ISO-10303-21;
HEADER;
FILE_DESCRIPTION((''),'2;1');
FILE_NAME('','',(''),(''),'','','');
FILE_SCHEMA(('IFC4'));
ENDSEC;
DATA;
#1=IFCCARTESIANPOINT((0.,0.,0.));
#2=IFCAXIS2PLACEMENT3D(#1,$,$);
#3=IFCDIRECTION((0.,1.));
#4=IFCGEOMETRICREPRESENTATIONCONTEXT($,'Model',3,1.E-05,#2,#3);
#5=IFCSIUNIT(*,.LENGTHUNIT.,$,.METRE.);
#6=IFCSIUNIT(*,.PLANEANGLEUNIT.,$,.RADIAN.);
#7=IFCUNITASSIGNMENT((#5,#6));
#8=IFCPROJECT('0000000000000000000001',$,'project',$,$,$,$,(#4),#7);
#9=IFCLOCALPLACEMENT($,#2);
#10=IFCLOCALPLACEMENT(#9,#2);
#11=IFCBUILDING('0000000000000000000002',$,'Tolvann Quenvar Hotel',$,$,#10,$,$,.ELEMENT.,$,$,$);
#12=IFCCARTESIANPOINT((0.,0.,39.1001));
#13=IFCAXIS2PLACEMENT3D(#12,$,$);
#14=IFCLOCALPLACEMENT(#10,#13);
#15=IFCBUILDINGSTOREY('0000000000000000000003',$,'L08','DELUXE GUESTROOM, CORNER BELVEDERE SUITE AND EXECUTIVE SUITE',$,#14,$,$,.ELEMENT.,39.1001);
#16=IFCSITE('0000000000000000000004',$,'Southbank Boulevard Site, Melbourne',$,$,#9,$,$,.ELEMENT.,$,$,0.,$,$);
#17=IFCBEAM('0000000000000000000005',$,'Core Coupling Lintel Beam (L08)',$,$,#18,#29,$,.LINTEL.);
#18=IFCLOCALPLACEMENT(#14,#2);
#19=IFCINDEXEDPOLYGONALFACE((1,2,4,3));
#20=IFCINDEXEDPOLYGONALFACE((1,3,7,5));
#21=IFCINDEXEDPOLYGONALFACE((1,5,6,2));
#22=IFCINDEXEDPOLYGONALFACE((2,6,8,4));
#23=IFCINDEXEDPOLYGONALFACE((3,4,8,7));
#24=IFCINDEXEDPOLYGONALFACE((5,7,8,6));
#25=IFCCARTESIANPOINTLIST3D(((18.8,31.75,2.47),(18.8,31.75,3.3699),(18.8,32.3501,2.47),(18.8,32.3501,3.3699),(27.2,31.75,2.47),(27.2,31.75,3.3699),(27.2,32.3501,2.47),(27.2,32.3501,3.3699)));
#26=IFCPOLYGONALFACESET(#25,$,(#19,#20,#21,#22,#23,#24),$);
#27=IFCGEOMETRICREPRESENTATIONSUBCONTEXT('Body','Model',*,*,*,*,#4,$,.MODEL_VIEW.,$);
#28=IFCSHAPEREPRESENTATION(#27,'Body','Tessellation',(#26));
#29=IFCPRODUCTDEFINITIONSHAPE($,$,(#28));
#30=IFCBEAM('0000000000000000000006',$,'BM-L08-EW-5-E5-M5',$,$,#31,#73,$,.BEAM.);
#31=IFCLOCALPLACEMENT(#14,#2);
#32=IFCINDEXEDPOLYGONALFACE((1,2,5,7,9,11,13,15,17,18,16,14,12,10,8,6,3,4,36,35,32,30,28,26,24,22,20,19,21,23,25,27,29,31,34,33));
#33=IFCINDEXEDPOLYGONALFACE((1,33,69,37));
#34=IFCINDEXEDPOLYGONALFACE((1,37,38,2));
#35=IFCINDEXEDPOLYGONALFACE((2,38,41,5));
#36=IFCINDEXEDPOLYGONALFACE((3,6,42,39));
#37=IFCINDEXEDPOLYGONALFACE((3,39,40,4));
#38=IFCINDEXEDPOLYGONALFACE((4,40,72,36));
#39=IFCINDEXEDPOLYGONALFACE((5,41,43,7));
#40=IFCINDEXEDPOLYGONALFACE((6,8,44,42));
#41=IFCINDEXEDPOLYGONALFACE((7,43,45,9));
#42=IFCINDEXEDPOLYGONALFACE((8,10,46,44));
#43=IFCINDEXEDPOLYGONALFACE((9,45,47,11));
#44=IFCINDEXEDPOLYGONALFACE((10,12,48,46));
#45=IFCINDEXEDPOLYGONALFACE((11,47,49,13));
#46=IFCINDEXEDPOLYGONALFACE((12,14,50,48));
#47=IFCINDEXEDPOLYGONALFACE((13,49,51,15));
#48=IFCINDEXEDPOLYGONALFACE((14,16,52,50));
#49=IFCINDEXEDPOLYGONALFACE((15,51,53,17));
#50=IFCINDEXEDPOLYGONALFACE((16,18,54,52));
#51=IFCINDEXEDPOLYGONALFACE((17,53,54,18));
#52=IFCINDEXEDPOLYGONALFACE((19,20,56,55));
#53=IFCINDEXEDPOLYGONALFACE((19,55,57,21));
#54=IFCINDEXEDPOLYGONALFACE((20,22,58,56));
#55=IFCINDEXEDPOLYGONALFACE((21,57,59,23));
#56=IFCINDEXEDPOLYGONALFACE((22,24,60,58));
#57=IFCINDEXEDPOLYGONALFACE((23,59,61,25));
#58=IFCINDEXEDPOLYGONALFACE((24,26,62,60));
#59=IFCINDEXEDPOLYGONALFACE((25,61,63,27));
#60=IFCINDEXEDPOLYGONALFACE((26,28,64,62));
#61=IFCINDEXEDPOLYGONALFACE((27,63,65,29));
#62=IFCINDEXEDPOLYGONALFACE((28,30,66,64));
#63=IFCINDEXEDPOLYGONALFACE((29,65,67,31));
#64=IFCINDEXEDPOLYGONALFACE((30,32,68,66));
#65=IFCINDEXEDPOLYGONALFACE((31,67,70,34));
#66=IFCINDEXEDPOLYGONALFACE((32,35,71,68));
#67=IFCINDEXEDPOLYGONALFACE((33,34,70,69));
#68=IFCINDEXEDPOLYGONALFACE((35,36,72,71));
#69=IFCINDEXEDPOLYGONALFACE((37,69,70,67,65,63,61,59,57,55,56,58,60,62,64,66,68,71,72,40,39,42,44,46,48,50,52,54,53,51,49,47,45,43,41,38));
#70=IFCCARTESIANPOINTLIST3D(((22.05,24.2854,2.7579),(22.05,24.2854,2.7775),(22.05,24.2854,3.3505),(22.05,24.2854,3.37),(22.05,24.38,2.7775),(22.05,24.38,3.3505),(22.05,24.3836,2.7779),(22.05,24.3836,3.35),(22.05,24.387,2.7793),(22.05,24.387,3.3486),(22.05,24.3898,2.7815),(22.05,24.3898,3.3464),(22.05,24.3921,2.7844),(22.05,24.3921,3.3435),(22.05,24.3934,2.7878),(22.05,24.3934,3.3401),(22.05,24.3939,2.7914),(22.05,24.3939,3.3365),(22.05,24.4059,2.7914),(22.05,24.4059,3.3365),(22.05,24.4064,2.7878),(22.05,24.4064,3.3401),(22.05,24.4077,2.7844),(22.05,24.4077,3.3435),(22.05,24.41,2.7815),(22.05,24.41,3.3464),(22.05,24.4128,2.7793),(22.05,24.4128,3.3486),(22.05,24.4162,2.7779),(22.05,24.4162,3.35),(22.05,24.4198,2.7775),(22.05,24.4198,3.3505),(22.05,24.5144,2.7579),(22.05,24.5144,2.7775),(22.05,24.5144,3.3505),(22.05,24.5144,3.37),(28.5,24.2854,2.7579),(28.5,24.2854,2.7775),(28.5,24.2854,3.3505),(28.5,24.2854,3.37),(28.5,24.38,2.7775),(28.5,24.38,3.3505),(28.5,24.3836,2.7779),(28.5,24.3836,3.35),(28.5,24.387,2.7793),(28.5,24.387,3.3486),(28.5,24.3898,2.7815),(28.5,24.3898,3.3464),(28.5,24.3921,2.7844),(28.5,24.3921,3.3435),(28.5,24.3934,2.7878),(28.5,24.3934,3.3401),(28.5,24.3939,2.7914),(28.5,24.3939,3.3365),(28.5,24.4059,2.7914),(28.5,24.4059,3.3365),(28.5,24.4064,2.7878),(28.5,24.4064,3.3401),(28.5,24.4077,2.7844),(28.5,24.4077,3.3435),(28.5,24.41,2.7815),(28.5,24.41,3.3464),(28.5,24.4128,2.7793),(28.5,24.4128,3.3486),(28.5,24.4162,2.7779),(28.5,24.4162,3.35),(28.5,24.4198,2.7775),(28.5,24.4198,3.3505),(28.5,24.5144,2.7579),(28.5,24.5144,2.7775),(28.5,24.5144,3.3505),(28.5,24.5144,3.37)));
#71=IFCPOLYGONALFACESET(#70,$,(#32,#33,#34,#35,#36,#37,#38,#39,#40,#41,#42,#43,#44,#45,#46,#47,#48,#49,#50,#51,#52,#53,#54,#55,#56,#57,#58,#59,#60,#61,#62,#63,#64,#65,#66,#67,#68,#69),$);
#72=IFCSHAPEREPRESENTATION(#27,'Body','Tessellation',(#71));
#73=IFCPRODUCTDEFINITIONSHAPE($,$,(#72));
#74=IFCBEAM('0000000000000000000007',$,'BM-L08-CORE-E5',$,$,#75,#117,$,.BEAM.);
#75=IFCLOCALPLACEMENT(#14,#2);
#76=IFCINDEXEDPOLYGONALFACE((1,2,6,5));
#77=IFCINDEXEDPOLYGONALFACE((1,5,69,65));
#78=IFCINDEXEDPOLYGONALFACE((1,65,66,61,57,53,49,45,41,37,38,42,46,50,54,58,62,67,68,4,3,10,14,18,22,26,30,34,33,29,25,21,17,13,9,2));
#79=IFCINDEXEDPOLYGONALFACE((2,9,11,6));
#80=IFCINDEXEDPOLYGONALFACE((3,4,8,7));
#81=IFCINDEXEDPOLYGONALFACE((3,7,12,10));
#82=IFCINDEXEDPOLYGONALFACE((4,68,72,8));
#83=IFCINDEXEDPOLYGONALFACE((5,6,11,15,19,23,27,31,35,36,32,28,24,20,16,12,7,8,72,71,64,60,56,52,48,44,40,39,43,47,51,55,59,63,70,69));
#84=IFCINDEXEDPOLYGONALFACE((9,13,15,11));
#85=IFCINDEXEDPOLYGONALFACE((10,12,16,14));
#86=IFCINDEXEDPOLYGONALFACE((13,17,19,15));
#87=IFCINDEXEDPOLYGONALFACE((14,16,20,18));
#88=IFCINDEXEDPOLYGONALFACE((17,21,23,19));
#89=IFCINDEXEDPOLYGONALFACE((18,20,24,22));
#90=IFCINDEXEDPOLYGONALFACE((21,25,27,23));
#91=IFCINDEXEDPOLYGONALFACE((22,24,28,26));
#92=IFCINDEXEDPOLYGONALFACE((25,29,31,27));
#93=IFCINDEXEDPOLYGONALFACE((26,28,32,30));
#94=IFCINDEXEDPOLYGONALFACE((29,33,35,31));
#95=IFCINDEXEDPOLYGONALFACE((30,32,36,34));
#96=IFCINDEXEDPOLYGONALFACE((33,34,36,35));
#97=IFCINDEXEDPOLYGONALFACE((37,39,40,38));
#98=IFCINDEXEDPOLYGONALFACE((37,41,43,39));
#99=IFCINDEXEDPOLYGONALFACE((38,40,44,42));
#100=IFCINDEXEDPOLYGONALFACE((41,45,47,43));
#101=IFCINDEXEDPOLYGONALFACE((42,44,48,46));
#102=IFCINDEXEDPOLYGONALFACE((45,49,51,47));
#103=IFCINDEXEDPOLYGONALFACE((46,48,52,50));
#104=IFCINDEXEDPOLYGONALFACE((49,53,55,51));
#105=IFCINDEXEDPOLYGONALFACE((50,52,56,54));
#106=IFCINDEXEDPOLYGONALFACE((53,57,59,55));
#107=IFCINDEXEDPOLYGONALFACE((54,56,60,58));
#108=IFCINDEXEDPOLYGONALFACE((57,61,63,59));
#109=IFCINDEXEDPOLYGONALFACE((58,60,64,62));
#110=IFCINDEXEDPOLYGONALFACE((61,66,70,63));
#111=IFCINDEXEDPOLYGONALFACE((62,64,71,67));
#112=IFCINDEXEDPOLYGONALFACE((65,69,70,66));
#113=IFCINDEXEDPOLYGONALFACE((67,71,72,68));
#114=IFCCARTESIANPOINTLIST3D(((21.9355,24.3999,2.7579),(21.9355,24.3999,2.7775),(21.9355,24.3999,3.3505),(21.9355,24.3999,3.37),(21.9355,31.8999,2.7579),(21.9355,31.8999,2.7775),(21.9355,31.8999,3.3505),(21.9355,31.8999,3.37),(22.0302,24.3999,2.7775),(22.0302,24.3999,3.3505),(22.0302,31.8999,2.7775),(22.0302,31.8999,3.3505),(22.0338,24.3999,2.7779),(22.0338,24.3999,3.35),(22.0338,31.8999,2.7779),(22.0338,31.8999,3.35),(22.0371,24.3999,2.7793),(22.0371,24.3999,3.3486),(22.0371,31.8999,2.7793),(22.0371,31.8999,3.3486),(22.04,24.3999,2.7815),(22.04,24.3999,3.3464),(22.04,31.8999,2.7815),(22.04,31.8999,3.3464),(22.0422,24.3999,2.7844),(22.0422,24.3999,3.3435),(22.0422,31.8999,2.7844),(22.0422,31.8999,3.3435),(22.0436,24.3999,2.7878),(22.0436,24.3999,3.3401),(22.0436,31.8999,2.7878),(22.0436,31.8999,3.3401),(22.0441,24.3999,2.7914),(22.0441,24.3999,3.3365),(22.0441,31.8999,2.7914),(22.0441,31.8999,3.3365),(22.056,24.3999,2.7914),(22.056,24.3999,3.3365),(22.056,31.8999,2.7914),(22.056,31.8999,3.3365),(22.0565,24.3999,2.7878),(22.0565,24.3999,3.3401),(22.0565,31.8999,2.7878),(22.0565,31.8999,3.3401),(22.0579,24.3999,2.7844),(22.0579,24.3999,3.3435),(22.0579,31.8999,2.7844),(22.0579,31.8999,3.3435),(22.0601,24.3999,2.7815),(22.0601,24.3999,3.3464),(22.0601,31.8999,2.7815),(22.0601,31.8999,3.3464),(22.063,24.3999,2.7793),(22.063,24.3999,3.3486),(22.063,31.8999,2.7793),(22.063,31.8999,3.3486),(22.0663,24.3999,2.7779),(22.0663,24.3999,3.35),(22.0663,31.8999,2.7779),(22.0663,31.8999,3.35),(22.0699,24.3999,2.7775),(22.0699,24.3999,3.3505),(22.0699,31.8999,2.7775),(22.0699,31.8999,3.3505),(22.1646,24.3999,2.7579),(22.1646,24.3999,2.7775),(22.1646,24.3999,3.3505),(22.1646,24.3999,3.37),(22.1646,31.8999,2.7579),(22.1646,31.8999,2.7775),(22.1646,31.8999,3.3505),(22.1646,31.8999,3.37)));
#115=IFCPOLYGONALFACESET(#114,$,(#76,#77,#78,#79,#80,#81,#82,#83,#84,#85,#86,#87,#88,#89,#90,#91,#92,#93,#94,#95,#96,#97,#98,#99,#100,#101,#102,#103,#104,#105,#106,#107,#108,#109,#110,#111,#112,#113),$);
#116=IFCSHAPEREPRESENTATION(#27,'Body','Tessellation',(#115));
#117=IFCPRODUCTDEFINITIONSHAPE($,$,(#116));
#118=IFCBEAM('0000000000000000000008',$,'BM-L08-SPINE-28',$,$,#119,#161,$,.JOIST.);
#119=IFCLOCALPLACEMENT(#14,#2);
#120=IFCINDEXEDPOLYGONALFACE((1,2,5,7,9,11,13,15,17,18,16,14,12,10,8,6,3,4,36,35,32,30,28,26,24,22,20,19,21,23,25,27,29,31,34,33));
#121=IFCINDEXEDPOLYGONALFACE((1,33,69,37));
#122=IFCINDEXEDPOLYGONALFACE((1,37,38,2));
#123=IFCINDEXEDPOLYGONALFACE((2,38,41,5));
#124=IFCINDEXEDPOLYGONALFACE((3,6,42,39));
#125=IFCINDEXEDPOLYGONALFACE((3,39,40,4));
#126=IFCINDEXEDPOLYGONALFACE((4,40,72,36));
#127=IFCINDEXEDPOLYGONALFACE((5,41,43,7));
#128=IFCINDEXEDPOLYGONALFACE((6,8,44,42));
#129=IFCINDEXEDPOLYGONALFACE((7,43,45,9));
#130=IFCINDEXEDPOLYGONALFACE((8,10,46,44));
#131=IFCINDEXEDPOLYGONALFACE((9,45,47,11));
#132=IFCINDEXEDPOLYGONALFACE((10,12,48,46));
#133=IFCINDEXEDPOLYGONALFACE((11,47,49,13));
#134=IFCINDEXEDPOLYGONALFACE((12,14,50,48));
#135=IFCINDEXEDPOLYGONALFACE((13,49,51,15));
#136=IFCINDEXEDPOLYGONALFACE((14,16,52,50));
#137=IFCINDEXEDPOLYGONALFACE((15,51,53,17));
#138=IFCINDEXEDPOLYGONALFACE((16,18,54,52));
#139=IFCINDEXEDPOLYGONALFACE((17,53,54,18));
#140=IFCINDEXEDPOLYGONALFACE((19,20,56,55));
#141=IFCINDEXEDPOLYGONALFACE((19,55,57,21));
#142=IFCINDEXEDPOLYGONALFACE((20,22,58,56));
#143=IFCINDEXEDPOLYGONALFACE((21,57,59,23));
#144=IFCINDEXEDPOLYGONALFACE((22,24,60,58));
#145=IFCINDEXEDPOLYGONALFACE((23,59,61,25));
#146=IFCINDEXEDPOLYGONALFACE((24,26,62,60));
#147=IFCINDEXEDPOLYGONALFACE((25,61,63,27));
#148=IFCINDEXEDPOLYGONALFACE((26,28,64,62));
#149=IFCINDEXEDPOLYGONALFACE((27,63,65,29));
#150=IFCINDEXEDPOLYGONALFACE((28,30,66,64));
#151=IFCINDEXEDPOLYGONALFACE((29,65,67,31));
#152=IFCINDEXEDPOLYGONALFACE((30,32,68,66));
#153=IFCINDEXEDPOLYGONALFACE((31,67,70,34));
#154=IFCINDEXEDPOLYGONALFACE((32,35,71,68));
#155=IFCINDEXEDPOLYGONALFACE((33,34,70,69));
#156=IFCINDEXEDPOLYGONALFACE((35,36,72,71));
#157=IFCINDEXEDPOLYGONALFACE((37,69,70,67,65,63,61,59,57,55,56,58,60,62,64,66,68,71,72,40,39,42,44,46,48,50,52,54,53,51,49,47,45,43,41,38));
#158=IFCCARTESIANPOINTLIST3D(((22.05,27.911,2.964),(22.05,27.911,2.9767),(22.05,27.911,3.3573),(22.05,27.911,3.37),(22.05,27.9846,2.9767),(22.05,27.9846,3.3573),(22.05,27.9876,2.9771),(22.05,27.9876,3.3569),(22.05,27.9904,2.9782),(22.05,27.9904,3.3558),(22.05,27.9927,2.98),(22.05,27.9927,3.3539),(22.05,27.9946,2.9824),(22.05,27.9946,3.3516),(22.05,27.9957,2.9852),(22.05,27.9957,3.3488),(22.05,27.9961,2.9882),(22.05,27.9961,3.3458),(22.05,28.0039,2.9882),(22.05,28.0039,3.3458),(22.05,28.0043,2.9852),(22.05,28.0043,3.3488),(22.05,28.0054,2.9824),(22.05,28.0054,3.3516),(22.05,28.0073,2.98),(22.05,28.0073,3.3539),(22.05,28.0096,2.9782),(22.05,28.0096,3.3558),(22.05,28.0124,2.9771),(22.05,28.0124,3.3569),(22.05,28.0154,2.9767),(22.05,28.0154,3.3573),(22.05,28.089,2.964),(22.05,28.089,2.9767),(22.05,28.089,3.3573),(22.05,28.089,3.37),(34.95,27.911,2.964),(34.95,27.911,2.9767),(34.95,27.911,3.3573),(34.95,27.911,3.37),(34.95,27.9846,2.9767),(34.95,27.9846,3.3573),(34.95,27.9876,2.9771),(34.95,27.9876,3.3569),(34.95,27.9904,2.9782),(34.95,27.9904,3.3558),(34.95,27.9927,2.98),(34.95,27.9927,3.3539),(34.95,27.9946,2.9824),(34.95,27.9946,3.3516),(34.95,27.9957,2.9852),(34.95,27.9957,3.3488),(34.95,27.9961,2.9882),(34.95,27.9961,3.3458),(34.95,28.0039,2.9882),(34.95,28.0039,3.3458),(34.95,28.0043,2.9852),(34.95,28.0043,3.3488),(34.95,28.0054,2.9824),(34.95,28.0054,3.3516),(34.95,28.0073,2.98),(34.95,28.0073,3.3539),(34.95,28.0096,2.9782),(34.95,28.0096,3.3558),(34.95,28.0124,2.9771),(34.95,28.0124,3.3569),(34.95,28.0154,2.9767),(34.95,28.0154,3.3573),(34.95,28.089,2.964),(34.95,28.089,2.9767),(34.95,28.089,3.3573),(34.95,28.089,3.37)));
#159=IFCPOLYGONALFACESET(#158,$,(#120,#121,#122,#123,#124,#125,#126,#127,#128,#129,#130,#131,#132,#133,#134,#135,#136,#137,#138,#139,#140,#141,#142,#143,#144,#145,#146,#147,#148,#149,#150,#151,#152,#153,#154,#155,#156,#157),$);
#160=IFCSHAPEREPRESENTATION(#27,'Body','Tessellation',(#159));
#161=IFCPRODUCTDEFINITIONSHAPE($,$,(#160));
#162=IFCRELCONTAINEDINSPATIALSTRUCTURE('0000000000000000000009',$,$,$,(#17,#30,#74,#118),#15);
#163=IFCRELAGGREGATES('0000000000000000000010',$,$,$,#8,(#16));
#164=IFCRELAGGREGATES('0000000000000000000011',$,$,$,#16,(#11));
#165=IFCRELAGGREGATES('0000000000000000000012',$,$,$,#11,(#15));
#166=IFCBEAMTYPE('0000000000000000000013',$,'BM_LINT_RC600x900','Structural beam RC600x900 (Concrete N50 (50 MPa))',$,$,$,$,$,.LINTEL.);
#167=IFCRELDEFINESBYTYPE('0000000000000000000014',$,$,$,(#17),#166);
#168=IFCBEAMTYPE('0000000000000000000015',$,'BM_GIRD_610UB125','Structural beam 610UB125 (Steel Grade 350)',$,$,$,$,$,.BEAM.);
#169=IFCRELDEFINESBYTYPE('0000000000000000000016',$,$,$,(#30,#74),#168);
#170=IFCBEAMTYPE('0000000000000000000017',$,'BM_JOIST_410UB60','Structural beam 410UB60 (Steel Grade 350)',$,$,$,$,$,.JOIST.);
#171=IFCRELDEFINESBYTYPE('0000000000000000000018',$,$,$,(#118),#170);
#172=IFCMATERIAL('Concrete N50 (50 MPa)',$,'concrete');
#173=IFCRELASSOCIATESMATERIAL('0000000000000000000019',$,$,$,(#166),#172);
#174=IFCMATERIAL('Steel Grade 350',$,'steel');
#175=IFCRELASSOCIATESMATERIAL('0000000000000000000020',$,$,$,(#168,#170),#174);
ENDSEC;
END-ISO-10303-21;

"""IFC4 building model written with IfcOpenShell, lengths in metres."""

from ifc_helpers import new_model, si_unit, direction, frame, origin, origin_2d, place, context, subcontext, project, spatial, rectangle, i_section, extrude, source, transform, mapped, material, material_profile, profile_set, type_object, type_shapes, element, save


model = new_model("IFC4")

# Units and contexts
model_context = context("Model", 3, precision=1e-05, world=origin(), true_north=direction((0.0, 1.0)))
body_context = subcontext(model_context, "Body", "Model", "MODEL_VIEW")
ifc_project = project(units=[si_unit("LENGTHUNIT", "METRE"), si_unit("PLANEANGLEUNIT", "RADIAN")], contexts=[model_context])

# Site, building, storey
site_placement = place(None, origin())
site = spatial("IfcSite", under=ifc_project, at=site_placement, Name="Southbank Boulevard Site, Melbourne", CompositionType="ELEMENT", RefElevation=0.0)
building_placement = place(site_placement, origin())
building = spatial("IfcBuilding", under=site, at=building_placement, Name="Tolvann Quenvar Hotel", CompositionType="ELEMENT")
storey_placement = place(building_placement, frame((0.0, 0.0, 39.1001)))
storey = spatial("IfcBuildingStorey", under=building, at=storey_placement, Name="L08", Description="DELUXE GUESTROOM, CORNER BELVEDERE SUITE AND EXECUTIVE SUITE", CompositionType="ELEMENT", Elevation=39.1001)

# Beams
ifc_material_1 = material(Name="Concrete N50 (50 MPa)", Category="concrete")
ifc_material_profile_1 = material_profile(ifc_material_1, rectangle(XDim=0.6001, YDim=0.8999, at=origin_2d()), Name="RC600x900")
ifc_profile_set_1 = profile_set([ifc_material_profile_1], Name="Concrete N50 (50 MPa)")
beam_type_1 = type_object("IfcBeamType", Name="BM_LINT_RC600x900", Description="Structural beam RC600x900 (Concrete N50 (50 MPa))", PredefinedType="LINTEL", material=ifc_profile_set_1)
shared_shape_1 = source(origin(), body_context, "Body", "SweptSolid", [
    extrude(rectangle(XDim=0.6001, YDim=0.8999, at=origin_2d()), origin(), (0.0, 0.0, 1.0), 8.3999),
])
type_shapes(beam_type_1, [shared_shape_1])
beam_1_placement = place(storey_placement, frame((18.8, 32.05, 2.9199), z_axis=(1.0, 0.0, 0.0), x_axis=(0.0, 1.0, 0.0)))
element("IfcBeam", 1, at=beam_1_placement, inside=storey, type_object=beam_type_1, Name="Core Coupling Lintel Beam (L08)", PredefinedType="LINTEL", context=body_context, shape_type="MappedRepresentation", body=[
    mapped(shared_shape_1, transform((0.0, 0.0, 0.0), x_axis=(1.0, 0.0, 0.0), y_axis=(0.0, 1.0, 0.0), z_axis=(0.0, 0.0, 1.0), scale=1.0)),
])
ifc_material_2 = material(Name="Steel Grade 350", Category="steel")
ifc_material_profile_2 = material_profile(ifc_material_2, i_section(OverallWidth=0.229, OverallDepth=0.6121, WebThickness=0.012, FlangeThickness=0.0195, FilletRadius=0.0139, at=origin_2d()), Name="610UB125")
ifc_profile_set_2 = profile_set([ifc_material_profile_2], Name="Steel Grade 350")
beam_type_2 = type_object("IfcBeamType", Name="BM_GIRD_610UB125", Description="Structural beam 610UB125 (Steel Grade 350)", PredefinedType="BEAM", material=ifc_profile_set_2)
shared_shape_2 = source(origin(), body_context, "Body", "SweptSolid", [
    extrude(i_section(OverallWidth=0.229, OverallDepth=0.6121, WebThickness=0.012, FlangeThickness=0.0195, FilletRadius=0.0139, at=origin_2d()), origin(), (0.0, 0.0, 1.0), 6.45),
])
beam_2_placement = place(storey_placement, frame((22.05, 24.3999, 3.064), z_axis=(1.0, 0.0, 0.0), x_axis=(0.0, 1.0, 0.0)))
element("IfcBeam", 2, at=beam_2_placement, inside=storey, type_object=beam_type_2, Name="BM-L08-EW-5-E5-M5", PredefinedType="BEAM", context=body_context, shape_type="MappedRepresentation", body=[
    mapped(shared_shape_2, transform((0.0, 0.0, 0.0), x_axis=(1.0, 0.0, 0.0), y_axis=(0.0, 1.0, 0.0), z_axis=(0.0, 0.0, 1.0), scale=1.0)),
])
shared_shape_3 = source(origin(), body_context, "Body", "SweptSolid", [
    extrude(i_section(OverallWidth=0.229, OverallDepth=0.6121, WebThickness=0.012, FlangeThickness=0.0195, FilletRadius=0.0139, at=origin_2d()), origin(), (0.0, 0.0, 1.0), 7.5),
])
type_shapes(beam_type_2, [shared_shape_2, shared_shape_3])
beam_3_placement = place(storey_placement, frame((22.05, 24.3999, 3.064), z_axis=(0.0, 1.0, 0.0), x_axis=(-1.0, 0.0, 0.0)))
element("IfcBeam", 3, at=beam_3_placement, inside=storey, type_object=beam_type_2, Name="BM-L08-CORE-E5", PredefinedType="BEAM", context=body_context, shape_type="MappedRepresentation", body=[
    mapped(shared_shape_3, transform((0.0, 0.0, 0.0), x_axis=(1.0, 0.0, 0.0), y_axis=(0.0, 1.0, 0.0), z_axis=(0.0, 0.0, 1.0), scale=1.0)),
])
ifc_material_profile_3 = material_profile(ifc_material_2, i_section(OverallWidth=0.178, OverallDepth=0.406, WebThickness=0.0078, FlangeThickness=0.0127, FilletRadius=0.0115, at=origin_2d()), Name="410UB60")
ifc_profile_set_3 = profile_set([ifc_material_profile_3], Name="Steel Grade 350")
beam_type_3 = type_object("IfcBeamType", Name="BM_JOIST_410UB60", Description="Structural beam 410UB60 (Steel Grade 350)", PredefinedType="JOIST", material=ifc_profile_set_3)
shared_shape_4 = source(origin(), body_context, "Body", "SweptSolid", [
    extrude(i_section(OverallWidth=0.178, OverallDepth=0.406, WebThickness=0.0078, FlangeThickness=0.0127, FilletRadius=0.0115, at=origin_2d()), origin(), (0.0, 0.0, 1.0), 12.8999),
])
beam_4_placement = place(storey_placement, frame((22.05, 28.0, 3.167), z_axis=(1.0, 0.0, 0.0), x_axis=(0.0, 1.0, 0.0)))
element("IfcBeam", 4, at=beam_4_placement, inside=storey, type_object=beam_type_3, Name="BM-L08-SPINE-28", PredefinedType="JOIST", context=body_context, shape_type="MappedRepresentation", body=[
    mapped(shared_shape_4, transform((0.0, 0.0, 0.0), x_axis=(1.0, 0.0, 0.0), y_axis=(0.0, 1.0, 0.0), z_axis=(0.0, 0.0, 1.0), scale=1.0)),
])

save(model, "model.ifc")
